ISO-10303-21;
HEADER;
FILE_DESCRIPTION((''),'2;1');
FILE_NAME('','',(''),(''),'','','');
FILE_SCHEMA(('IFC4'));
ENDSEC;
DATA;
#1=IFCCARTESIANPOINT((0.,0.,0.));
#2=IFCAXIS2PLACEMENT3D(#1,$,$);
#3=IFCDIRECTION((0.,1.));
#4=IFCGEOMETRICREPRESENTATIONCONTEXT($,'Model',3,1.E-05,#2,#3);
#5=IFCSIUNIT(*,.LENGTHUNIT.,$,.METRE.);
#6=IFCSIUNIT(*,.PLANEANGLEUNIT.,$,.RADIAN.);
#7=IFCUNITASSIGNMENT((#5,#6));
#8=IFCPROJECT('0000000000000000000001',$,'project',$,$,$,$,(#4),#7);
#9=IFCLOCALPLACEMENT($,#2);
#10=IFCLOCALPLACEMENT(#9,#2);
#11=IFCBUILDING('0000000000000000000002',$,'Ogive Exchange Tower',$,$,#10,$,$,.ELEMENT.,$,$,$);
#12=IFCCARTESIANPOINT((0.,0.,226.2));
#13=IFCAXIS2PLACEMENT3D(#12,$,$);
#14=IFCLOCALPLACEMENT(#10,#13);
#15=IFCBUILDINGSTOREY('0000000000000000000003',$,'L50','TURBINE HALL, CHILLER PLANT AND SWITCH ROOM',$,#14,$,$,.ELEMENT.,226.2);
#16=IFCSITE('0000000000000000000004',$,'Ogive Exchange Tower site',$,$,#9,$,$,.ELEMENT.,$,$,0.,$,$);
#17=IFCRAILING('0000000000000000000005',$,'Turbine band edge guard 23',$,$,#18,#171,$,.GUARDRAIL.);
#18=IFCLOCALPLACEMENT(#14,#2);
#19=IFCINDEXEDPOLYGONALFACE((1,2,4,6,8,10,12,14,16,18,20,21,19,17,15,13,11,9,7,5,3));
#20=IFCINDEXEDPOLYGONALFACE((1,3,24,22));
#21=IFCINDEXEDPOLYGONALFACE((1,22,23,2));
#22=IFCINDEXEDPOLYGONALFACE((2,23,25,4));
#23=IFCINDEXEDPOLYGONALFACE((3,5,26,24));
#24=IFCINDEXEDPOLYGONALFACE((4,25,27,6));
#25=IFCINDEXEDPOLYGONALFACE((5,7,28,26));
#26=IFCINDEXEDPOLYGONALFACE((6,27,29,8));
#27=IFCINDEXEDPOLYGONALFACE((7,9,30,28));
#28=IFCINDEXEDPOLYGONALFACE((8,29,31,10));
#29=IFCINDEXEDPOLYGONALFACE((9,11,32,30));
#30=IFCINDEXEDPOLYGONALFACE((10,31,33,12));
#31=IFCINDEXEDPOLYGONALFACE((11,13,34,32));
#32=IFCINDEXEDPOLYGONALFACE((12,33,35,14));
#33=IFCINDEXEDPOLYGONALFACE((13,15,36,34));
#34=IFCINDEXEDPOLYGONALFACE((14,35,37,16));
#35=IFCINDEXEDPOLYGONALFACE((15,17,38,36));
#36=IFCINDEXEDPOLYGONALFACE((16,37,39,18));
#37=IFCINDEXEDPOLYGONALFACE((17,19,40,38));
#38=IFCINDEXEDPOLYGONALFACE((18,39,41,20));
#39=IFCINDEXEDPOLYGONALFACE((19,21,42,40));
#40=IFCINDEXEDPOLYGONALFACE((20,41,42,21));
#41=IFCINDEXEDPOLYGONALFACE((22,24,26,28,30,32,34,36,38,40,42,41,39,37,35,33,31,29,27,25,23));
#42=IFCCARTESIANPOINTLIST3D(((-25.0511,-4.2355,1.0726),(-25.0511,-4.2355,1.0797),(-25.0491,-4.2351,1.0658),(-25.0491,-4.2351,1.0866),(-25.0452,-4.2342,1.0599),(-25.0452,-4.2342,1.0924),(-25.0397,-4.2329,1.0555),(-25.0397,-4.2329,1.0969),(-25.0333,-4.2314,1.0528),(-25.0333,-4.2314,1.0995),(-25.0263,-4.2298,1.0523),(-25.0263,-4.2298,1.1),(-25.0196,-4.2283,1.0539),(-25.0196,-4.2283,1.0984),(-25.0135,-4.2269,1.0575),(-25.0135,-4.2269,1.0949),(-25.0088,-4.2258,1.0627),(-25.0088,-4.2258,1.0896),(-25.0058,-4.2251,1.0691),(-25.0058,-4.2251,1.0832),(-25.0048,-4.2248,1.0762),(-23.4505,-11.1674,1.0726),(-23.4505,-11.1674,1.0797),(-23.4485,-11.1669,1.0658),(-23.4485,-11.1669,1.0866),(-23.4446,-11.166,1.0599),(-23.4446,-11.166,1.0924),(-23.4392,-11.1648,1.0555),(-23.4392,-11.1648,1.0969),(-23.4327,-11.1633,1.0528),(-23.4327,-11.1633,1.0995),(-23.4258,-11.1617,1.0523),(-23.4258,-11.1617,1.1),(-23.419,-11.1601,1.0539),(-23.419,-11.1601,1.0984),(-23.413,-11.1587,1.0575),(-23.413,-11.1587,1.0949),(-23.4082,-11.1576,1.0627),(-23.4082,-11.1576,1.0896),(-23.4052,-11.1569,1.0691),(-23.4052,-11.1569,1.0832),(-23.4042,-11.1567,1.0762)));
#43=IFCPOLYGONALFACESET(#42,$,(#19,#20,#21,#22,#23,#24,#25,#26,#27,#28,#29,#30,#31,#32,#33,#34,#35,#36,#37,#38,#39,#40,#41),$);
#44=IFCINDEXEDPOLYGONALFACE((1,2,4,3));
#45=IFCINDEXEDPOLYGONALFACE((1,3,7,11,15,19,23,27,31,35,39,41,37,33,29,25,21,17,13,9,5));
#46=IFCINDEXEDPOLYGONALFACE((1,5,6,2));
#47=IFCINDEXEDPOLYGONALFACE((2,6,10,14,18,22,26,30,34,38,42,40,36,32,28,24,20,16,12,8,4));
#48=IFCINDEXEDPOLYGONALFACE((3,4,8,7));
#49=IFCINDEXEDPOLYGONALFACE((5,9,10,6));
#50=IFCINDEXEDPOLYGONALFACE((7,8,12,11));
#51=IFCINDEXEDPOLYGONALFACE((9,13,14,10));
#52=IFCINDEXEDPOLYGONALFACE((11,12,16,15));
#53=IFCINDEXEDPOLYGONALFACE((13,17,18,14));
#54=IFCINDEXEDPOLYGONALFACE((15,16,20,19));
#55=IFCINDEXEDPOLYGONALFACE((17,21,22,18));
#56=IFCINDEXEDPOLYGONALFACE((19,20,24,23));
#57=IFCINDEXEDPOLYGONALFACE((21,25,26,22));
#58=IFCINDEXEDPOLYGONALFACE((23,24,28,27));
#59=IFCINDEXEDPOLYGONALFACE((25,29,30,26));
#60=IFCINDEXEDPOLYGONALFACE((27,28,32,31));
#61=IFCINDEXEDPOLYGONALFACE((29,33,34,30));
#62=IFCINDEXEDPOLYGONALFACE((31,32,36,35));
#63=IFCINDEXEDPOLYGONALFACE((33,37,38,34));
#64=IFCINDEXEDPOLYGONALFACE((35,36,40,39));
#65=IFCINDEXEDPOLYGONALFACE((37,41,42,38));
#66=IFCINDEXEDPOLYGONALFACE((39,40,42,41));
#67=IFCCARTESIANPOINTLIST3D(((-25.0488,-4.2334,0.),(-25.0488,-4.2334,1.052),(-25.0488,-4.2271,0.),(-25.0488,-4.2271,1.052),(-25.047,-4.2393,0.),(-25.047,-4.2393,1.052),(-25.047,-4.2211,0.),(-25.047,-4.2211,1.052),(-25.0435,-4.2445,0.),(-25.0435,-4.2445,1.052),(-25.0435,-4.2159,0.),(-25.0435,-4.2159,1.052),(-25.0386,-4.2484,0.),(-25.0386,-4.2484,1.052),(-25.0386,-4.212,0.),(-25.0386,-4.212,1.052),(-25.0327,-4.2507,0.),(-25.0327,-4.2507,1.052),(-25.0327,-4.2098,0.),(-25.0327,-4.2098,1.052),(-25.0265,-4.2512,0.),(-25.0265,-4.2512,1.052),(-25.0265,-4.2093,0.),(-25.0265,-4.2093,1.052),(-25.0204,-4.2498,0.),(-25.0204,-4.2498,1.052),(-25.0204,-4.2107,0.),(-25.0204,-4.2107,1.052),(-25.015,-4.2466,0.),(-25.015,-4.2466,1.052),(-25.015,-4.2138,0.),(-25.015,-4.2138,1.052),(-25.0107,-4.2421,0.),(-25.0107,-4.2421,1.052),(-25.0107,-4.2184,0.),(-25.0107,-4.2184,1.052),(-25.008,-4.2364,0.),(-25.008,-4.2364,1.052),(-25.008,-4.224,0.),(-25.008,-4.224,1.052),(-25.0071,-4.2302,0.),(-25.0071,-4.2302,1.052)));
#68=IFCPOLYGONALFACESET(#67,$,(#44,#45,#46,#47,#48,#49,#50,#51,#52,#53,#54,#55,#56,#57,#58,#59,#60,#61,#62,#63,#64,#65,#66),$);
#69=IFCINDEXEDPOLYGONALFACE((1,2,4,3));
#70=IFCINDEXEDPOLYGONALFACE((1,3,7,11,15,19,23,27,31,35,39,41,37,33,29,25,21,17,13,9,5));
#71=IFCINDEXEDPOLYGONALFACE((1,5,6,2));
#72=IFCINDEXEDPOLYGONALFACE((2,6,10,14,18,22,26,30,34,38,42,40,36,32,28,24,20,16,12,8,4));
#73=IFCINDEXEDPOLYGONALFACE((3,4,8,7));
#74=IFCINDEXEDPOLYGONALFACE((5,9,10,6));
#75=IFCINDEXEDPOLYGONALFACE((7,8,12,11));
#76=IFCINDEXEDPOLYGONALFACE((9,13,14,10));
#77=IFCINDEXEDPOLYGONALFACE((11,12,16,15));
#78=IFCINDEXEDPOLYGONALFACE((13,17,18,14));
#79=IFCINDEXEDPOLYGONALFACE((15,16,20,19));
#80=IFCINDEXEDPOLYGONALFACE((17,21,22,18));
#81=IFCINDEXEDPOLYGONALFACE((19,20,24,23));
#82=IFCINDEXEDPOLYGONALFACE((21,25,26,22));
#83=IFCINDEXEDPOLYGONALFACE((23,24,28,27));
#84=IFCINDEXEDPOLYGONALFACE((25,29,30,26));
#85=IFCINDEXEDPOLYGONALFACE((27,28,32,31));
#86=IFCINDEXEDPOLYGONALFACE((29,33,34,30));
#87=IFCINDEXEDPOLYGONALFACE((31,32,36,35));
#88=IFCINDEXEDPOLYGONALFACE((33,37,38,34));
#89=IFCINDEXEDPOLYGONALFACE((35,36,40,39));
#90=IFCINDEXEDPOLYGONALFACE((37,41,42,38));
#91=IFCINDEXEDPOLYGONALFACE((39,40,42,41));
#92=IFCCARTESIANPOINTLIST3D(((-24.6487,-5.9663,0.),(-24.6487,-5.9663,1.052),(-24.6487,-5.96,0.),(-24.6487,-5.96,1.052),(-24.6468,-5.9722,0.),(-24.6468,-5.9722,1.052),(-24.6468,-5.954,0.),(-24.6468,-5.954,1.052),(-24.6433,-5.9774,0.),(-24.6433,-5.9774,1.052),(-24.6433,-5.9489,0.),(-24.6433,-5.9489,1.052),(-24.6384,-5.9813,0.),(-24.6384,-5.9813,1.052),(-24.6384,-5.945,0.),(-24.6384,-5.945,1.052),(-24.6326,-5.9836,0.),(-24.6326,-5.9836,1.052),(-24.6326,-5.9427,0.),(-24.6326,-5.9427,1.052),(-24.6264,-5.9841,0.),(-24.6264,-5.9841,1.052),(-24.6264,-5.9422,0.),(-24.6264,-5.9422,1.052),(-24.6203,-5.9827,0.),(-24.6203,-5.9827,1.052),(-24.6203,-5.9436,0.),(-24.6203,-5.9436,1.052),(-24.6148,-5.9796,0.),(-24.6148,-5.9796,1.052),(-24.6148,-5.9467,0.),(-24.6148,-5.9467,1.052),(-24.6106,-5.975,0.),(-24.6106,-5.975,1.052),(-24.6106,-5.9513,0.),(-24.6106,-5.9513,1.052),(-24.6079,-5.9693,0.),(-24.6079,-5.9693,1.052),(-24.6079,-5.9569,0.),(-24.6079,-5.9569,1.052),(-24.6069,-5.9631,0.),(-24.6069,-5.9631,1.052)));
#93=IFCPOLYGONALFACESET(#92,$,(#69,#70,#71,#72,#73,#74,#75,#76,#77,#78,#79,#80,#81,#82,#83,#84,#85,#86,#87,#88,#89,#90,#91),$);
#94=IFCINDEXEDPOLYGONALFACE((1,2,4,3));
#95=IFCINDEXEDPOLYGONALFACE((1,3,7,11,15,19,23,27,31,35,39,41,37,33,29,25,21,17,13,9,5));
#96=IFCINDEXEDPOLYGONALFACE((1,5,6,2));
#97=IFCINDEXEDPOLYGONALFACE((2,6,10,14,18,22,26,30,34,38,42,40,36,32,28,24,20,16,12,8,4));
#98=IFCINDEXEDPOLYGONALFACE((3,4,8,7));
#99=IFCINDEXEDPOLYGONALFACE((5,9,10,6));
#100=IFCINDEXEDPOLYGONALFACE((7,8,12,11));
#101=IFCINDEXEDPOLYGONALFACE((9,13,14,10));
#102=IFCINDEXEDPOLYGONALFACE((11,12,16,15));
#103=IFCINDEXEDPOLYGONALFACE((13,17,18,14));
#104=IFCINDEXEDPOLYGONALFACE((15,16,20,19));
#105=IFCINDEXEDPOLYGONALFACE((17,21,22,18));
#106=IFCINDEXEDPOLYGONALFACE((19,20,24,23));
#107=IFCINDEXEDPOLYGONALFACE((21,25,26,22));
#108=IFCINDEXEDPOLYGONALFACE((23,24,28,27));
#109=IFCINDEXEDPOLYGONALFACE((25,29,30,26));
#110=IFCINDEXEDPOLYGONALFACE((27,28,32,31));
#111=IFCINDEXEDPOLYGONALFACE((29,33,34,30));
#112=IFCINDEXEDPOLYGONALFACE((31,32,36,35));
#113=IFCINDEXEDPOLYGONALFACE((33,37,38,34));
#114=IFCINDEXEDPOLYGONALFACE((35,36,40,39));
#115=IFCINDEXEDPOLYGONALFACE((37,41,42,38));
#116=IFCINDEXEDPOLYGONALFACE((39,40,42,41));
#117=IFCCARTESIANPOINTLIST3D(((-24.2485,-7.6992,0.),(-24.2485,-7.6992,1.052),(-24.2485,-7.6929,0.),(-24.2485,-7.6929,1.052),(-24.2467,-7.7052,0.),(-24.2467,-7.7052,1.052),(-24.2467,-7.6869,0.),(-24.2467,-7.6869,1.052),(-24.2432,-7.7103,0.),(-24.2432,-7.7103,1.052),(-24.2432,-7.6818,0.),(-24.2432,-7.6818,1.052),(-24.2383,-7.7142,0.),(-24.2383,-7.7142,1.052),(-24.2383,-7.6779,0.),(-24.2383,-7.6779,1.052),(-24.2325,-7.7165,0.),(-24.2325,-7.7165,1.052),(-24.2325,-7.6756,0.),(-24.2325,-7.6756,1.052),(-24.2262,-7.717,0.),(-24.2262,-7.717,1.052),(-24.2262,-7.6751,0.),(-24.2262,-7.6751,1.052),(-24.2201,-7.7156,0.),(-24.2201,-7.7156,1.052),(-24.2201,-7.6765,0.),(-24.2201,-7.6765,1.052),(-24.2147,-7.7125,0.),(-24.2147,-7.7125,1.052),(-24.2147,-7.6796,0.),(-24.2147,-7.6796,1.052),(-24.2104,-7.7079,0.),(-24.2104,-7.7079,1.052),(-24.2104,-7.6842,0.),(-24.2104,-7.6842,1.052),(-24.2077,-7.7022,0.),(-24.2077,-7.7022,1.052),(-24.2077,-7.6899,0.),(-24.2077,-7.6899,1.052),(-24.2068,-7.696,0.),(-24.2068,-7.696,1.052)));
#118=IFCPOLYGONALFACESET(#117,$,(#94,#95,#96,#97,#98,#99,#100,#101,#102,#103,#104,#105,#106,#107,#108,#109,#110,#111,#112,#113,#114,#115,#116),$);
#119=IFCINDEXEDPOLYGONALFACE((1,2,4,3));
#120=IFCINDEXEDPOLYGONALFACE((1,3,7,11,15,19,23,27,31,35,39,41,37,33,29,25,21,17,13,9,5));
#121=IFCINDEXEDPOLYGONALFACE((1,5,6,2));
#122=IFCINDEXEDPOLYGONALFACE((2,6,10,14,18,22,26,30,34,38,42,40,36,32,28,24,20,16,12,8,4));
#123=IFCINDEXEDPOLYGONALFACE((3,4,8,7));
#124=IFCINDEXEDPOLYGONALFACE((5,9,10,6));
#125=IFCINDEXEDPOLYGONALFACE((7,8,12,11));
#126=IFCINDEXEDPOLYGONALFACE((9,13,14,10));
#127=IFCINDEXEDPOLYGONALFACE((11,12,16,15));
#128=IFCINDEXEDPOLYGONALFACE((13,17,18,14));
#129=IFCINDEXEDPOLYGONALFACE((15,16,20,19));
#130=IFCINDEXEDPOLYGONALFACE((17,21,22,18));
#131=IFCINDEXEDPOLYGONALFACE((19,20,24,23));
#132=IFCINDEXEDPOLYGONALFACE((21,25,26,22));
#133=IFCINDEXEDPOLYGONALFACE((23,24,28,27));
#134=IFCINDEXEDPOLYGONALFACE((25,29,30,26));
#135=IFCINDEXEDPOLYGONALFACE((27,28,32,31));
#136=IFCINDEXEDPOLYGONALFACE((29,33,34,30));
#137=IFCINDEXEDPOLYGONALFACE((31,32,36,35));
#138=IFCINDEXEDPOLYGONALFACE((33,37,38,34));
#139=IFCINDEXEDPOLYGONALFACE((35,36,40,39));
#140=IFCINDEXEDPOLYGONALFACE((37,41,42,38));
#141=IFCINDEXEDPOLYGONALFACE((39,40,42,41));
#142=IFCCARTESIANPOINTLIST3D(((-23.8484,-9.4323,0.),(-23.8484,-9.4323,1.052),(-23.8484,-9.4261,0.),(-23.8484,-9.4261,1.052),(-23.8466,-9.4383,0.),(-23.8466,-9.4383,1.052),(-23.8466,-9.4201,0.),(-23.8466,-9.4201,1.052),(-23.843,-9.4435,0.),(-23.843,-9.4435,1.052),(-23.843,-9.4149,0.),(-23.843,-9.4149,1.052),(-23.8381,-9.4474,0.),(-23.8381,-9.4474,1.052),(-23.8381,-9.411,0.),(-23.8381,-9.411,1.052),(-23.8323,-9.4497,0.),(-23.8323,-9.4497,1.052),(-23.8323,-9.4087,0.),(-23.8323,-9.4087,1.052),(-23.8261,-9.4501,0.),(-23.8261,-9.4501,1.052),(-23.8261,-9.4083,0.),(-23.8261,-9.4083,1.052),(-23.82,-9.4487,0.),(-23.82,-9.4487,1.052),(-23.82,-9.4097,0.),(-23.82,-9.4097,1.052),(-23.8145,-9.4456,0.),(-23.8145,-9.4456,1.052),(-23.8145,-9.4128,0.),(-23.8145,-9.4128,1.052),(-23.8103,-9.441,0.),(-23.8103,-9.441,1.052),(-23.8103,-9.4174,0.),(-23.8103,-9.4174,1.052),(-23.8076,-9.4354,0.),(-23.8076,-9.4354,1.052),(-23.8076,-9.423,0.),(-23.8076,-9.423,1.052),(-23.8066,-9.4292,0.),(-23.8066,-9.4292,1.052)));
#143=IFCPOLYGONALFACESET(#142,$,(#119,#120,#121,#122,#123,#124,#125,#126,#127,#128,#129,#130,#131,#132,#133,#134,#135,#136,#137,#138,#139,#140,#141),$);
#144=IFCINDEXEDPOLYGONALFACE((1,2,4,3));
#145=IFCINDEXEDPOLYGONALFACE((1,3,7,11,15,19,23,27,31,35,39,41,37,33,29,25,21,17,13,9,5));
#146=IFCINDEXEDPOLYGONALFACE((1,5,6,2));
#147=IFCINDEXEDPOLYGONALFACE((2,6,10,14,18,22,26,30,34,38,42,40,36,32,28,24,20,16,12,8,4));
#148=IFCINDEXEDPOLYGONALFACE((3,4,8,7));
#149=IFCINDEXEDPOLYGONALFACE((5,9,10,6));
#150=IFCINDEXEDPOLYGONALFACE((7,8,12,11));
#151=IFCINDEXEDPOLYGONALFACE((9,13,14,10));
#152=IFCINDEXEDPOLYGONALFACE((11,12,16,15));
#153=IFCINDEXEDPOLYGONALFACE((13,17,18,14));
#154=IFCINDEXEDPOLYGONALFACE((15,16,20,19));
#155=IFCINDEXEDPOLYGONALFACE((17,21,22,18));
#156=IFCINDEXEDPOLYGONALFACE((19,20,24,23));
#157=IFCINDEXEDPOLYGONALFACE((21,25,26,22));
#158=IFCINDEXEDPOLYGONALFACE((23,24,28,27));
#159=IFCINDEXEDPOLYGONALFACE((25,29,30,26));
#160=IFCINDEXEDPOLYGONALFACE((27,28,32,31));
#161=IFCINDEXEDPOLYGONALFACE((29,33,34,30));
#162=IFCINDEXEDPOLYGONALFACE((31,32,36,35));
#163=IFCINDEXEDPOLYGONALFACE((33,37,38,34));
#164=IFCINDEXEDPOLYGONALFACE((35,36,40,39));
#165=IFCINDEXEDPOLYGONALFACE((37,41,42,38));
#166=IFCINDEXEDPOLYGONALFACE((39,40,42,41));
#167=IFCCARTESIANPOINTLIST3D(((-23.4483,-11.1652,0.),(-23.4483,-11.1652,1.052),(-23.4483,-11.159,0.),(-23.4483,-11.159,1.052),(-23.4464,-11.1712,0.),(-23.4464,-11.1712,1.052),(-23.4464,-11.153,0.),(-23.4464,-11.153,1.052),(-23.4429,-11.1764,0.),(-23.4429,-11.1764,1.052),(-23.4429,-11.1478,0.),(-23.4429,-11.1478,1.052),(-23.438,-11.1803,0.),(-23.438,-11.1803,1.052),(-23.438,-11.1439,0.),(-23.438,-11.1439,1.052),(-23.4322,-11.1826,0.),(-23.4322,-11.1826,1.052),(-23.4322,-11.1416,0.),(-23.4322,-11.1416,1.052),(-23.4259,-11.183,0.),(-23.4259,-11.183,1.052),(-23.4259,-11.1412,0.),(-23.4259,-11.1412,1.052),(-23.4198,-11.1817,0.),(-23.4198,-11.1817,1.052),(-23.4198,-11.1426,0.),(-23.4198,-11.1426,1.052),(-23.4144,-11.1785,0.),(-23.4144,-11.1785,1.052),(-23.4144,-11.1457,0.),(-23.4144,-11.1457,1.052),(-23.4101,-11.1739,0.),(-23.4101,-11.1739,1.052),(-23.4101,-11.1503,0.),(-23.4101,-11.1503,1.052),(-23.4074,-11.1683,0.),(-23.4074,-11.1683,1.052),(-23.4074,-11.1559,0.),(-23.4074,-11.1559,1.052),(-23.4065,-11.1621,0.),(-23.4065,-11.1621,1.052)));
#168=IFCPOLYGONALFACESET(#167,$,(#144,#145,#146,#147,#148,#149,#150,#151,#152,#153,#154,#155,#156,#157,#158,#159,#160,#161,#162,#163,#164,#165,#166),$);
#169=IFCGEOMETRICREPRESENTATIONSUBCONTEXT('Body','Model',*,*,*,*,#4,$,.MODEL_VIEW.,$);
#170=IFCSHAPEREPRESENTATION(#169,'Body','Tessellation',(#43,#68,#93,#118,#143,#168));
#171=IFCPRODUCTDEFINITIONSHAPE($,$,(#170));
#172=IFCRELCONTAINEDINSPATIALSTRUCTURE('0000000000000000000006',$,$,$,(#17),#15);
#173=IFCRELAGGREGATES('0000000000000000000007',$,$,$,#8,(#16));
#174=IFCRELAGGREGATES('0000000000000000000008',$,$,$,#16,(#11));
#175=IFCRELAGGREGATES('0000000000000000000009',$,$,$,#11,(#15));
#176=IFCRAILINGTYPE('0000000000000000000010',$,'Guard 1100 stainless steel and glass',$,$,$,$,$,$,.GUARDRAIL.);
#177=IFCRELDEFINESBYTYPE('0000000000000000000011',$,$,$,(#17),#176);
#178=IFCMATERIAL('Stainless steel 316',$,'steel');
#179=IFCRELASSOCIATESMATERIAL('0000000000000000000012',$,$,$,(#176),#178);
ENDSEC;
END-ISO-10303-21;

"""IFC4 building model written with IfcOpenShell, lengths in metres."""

from ifc_helpers import new_model, si_unit, direction, frame, origin, origin_2d, place, context, subcontext, project, spatial, circle, extrude, material, type_object, element, save


model = new_model("IFC4")

# Units and contexts
model_context = context("Model", 3, precision=1e-05, world=origin(), true_north=direction((0.0, 1.0)))
body_context = subcontext(model_context, "Body", "Model", "MODEL_VIEW")
ifc_project = project(units=[si_unit("LENGTHUNIT", "METRE"), si_unit("PLANEANGLEUNIT", "RADIAN")], contexts=[model_context])

# Site, building, storey
site_placement = place(None, origin())
site = spatial("IfcSite", under=ifc_project, at=site_placement, Name="Ogive Exchange Tower site", CompositionType="ELEMENT", RefElevation=0.0)
building_placement = place(site_placement, origin())
building = spatial("IfcBuilding", under=site, at=building_placement, Name="Ogive Exchange Tower", CompositionType="ELEMENT")
storey_placement = place(building_placement, frame((0.0, 0.0, 226.2)))
storey = spatial("IfcBuildingStorey", under=building, at=storey_placement, Name="L50", Description="TURBINE HALL, CHILLER PLANT AND SWITCH ROOM", CompositionType="ELEMENT", Elevation=226.2)

# Railing
ifc_material_1 = material(Name="Stainless steel 316", Category="steel")
railing_type_1 = type_object("IfcRailingType", Name="Guard 1100 stainless steel and glass", PredefinedType="GUARDRAIL", material=ifc_material_1)
railing_1_placement = place(storey_placement, frame((-25.0281, -4.2302, 0.0)))
element("IfcRailing", 1, at=railing_1_placement, inside=storey, type_object=railing_type_1, Name="Turbine band edge guard 23", PredefinedType="GUARDRAIL", context=body_context, shape_type="SweptSolid", body=[
    extrude(circle(Radius=0.0239, at=origin_2d()), frame((0.0, 0.0, 1.0762), z_axis=(0.224982, -0.974363, 0.0), x_axis=(0.974363, 0.224982, 0.0)), (0.0, 0.0, 1.0), 7.1143),
    extrude(circle(Radius=0.021, at=origin_2d()), origin(), (0.0, 0.0, 1.0), 1.052),
    extrude(circle(Radius=0.021, at=origin_2d()), frame((0.4001, -1.7329, 0.0)), (0.0, 0.0, 1.0), 1.052),
    extrude(circle(Radius=0.021, at=origin_2d()), frame((0.8003, -3.4658, 0.0)), (0.0, 0.0, 1.0), 1.052),
    extrude(circle(Radius=0.021, at=origin_2d()), frame((1.2004, -5.199, 0.0)), (0.0, 0.0, 1.0), 1.052),
    extrude(circle(Radius=0.021, at=origin_2d()), frame((1.6006, -6.9319, 0.0)), (0.0, 0.0, 1.0), 1.052),
])

save(model, "model.ifc")
